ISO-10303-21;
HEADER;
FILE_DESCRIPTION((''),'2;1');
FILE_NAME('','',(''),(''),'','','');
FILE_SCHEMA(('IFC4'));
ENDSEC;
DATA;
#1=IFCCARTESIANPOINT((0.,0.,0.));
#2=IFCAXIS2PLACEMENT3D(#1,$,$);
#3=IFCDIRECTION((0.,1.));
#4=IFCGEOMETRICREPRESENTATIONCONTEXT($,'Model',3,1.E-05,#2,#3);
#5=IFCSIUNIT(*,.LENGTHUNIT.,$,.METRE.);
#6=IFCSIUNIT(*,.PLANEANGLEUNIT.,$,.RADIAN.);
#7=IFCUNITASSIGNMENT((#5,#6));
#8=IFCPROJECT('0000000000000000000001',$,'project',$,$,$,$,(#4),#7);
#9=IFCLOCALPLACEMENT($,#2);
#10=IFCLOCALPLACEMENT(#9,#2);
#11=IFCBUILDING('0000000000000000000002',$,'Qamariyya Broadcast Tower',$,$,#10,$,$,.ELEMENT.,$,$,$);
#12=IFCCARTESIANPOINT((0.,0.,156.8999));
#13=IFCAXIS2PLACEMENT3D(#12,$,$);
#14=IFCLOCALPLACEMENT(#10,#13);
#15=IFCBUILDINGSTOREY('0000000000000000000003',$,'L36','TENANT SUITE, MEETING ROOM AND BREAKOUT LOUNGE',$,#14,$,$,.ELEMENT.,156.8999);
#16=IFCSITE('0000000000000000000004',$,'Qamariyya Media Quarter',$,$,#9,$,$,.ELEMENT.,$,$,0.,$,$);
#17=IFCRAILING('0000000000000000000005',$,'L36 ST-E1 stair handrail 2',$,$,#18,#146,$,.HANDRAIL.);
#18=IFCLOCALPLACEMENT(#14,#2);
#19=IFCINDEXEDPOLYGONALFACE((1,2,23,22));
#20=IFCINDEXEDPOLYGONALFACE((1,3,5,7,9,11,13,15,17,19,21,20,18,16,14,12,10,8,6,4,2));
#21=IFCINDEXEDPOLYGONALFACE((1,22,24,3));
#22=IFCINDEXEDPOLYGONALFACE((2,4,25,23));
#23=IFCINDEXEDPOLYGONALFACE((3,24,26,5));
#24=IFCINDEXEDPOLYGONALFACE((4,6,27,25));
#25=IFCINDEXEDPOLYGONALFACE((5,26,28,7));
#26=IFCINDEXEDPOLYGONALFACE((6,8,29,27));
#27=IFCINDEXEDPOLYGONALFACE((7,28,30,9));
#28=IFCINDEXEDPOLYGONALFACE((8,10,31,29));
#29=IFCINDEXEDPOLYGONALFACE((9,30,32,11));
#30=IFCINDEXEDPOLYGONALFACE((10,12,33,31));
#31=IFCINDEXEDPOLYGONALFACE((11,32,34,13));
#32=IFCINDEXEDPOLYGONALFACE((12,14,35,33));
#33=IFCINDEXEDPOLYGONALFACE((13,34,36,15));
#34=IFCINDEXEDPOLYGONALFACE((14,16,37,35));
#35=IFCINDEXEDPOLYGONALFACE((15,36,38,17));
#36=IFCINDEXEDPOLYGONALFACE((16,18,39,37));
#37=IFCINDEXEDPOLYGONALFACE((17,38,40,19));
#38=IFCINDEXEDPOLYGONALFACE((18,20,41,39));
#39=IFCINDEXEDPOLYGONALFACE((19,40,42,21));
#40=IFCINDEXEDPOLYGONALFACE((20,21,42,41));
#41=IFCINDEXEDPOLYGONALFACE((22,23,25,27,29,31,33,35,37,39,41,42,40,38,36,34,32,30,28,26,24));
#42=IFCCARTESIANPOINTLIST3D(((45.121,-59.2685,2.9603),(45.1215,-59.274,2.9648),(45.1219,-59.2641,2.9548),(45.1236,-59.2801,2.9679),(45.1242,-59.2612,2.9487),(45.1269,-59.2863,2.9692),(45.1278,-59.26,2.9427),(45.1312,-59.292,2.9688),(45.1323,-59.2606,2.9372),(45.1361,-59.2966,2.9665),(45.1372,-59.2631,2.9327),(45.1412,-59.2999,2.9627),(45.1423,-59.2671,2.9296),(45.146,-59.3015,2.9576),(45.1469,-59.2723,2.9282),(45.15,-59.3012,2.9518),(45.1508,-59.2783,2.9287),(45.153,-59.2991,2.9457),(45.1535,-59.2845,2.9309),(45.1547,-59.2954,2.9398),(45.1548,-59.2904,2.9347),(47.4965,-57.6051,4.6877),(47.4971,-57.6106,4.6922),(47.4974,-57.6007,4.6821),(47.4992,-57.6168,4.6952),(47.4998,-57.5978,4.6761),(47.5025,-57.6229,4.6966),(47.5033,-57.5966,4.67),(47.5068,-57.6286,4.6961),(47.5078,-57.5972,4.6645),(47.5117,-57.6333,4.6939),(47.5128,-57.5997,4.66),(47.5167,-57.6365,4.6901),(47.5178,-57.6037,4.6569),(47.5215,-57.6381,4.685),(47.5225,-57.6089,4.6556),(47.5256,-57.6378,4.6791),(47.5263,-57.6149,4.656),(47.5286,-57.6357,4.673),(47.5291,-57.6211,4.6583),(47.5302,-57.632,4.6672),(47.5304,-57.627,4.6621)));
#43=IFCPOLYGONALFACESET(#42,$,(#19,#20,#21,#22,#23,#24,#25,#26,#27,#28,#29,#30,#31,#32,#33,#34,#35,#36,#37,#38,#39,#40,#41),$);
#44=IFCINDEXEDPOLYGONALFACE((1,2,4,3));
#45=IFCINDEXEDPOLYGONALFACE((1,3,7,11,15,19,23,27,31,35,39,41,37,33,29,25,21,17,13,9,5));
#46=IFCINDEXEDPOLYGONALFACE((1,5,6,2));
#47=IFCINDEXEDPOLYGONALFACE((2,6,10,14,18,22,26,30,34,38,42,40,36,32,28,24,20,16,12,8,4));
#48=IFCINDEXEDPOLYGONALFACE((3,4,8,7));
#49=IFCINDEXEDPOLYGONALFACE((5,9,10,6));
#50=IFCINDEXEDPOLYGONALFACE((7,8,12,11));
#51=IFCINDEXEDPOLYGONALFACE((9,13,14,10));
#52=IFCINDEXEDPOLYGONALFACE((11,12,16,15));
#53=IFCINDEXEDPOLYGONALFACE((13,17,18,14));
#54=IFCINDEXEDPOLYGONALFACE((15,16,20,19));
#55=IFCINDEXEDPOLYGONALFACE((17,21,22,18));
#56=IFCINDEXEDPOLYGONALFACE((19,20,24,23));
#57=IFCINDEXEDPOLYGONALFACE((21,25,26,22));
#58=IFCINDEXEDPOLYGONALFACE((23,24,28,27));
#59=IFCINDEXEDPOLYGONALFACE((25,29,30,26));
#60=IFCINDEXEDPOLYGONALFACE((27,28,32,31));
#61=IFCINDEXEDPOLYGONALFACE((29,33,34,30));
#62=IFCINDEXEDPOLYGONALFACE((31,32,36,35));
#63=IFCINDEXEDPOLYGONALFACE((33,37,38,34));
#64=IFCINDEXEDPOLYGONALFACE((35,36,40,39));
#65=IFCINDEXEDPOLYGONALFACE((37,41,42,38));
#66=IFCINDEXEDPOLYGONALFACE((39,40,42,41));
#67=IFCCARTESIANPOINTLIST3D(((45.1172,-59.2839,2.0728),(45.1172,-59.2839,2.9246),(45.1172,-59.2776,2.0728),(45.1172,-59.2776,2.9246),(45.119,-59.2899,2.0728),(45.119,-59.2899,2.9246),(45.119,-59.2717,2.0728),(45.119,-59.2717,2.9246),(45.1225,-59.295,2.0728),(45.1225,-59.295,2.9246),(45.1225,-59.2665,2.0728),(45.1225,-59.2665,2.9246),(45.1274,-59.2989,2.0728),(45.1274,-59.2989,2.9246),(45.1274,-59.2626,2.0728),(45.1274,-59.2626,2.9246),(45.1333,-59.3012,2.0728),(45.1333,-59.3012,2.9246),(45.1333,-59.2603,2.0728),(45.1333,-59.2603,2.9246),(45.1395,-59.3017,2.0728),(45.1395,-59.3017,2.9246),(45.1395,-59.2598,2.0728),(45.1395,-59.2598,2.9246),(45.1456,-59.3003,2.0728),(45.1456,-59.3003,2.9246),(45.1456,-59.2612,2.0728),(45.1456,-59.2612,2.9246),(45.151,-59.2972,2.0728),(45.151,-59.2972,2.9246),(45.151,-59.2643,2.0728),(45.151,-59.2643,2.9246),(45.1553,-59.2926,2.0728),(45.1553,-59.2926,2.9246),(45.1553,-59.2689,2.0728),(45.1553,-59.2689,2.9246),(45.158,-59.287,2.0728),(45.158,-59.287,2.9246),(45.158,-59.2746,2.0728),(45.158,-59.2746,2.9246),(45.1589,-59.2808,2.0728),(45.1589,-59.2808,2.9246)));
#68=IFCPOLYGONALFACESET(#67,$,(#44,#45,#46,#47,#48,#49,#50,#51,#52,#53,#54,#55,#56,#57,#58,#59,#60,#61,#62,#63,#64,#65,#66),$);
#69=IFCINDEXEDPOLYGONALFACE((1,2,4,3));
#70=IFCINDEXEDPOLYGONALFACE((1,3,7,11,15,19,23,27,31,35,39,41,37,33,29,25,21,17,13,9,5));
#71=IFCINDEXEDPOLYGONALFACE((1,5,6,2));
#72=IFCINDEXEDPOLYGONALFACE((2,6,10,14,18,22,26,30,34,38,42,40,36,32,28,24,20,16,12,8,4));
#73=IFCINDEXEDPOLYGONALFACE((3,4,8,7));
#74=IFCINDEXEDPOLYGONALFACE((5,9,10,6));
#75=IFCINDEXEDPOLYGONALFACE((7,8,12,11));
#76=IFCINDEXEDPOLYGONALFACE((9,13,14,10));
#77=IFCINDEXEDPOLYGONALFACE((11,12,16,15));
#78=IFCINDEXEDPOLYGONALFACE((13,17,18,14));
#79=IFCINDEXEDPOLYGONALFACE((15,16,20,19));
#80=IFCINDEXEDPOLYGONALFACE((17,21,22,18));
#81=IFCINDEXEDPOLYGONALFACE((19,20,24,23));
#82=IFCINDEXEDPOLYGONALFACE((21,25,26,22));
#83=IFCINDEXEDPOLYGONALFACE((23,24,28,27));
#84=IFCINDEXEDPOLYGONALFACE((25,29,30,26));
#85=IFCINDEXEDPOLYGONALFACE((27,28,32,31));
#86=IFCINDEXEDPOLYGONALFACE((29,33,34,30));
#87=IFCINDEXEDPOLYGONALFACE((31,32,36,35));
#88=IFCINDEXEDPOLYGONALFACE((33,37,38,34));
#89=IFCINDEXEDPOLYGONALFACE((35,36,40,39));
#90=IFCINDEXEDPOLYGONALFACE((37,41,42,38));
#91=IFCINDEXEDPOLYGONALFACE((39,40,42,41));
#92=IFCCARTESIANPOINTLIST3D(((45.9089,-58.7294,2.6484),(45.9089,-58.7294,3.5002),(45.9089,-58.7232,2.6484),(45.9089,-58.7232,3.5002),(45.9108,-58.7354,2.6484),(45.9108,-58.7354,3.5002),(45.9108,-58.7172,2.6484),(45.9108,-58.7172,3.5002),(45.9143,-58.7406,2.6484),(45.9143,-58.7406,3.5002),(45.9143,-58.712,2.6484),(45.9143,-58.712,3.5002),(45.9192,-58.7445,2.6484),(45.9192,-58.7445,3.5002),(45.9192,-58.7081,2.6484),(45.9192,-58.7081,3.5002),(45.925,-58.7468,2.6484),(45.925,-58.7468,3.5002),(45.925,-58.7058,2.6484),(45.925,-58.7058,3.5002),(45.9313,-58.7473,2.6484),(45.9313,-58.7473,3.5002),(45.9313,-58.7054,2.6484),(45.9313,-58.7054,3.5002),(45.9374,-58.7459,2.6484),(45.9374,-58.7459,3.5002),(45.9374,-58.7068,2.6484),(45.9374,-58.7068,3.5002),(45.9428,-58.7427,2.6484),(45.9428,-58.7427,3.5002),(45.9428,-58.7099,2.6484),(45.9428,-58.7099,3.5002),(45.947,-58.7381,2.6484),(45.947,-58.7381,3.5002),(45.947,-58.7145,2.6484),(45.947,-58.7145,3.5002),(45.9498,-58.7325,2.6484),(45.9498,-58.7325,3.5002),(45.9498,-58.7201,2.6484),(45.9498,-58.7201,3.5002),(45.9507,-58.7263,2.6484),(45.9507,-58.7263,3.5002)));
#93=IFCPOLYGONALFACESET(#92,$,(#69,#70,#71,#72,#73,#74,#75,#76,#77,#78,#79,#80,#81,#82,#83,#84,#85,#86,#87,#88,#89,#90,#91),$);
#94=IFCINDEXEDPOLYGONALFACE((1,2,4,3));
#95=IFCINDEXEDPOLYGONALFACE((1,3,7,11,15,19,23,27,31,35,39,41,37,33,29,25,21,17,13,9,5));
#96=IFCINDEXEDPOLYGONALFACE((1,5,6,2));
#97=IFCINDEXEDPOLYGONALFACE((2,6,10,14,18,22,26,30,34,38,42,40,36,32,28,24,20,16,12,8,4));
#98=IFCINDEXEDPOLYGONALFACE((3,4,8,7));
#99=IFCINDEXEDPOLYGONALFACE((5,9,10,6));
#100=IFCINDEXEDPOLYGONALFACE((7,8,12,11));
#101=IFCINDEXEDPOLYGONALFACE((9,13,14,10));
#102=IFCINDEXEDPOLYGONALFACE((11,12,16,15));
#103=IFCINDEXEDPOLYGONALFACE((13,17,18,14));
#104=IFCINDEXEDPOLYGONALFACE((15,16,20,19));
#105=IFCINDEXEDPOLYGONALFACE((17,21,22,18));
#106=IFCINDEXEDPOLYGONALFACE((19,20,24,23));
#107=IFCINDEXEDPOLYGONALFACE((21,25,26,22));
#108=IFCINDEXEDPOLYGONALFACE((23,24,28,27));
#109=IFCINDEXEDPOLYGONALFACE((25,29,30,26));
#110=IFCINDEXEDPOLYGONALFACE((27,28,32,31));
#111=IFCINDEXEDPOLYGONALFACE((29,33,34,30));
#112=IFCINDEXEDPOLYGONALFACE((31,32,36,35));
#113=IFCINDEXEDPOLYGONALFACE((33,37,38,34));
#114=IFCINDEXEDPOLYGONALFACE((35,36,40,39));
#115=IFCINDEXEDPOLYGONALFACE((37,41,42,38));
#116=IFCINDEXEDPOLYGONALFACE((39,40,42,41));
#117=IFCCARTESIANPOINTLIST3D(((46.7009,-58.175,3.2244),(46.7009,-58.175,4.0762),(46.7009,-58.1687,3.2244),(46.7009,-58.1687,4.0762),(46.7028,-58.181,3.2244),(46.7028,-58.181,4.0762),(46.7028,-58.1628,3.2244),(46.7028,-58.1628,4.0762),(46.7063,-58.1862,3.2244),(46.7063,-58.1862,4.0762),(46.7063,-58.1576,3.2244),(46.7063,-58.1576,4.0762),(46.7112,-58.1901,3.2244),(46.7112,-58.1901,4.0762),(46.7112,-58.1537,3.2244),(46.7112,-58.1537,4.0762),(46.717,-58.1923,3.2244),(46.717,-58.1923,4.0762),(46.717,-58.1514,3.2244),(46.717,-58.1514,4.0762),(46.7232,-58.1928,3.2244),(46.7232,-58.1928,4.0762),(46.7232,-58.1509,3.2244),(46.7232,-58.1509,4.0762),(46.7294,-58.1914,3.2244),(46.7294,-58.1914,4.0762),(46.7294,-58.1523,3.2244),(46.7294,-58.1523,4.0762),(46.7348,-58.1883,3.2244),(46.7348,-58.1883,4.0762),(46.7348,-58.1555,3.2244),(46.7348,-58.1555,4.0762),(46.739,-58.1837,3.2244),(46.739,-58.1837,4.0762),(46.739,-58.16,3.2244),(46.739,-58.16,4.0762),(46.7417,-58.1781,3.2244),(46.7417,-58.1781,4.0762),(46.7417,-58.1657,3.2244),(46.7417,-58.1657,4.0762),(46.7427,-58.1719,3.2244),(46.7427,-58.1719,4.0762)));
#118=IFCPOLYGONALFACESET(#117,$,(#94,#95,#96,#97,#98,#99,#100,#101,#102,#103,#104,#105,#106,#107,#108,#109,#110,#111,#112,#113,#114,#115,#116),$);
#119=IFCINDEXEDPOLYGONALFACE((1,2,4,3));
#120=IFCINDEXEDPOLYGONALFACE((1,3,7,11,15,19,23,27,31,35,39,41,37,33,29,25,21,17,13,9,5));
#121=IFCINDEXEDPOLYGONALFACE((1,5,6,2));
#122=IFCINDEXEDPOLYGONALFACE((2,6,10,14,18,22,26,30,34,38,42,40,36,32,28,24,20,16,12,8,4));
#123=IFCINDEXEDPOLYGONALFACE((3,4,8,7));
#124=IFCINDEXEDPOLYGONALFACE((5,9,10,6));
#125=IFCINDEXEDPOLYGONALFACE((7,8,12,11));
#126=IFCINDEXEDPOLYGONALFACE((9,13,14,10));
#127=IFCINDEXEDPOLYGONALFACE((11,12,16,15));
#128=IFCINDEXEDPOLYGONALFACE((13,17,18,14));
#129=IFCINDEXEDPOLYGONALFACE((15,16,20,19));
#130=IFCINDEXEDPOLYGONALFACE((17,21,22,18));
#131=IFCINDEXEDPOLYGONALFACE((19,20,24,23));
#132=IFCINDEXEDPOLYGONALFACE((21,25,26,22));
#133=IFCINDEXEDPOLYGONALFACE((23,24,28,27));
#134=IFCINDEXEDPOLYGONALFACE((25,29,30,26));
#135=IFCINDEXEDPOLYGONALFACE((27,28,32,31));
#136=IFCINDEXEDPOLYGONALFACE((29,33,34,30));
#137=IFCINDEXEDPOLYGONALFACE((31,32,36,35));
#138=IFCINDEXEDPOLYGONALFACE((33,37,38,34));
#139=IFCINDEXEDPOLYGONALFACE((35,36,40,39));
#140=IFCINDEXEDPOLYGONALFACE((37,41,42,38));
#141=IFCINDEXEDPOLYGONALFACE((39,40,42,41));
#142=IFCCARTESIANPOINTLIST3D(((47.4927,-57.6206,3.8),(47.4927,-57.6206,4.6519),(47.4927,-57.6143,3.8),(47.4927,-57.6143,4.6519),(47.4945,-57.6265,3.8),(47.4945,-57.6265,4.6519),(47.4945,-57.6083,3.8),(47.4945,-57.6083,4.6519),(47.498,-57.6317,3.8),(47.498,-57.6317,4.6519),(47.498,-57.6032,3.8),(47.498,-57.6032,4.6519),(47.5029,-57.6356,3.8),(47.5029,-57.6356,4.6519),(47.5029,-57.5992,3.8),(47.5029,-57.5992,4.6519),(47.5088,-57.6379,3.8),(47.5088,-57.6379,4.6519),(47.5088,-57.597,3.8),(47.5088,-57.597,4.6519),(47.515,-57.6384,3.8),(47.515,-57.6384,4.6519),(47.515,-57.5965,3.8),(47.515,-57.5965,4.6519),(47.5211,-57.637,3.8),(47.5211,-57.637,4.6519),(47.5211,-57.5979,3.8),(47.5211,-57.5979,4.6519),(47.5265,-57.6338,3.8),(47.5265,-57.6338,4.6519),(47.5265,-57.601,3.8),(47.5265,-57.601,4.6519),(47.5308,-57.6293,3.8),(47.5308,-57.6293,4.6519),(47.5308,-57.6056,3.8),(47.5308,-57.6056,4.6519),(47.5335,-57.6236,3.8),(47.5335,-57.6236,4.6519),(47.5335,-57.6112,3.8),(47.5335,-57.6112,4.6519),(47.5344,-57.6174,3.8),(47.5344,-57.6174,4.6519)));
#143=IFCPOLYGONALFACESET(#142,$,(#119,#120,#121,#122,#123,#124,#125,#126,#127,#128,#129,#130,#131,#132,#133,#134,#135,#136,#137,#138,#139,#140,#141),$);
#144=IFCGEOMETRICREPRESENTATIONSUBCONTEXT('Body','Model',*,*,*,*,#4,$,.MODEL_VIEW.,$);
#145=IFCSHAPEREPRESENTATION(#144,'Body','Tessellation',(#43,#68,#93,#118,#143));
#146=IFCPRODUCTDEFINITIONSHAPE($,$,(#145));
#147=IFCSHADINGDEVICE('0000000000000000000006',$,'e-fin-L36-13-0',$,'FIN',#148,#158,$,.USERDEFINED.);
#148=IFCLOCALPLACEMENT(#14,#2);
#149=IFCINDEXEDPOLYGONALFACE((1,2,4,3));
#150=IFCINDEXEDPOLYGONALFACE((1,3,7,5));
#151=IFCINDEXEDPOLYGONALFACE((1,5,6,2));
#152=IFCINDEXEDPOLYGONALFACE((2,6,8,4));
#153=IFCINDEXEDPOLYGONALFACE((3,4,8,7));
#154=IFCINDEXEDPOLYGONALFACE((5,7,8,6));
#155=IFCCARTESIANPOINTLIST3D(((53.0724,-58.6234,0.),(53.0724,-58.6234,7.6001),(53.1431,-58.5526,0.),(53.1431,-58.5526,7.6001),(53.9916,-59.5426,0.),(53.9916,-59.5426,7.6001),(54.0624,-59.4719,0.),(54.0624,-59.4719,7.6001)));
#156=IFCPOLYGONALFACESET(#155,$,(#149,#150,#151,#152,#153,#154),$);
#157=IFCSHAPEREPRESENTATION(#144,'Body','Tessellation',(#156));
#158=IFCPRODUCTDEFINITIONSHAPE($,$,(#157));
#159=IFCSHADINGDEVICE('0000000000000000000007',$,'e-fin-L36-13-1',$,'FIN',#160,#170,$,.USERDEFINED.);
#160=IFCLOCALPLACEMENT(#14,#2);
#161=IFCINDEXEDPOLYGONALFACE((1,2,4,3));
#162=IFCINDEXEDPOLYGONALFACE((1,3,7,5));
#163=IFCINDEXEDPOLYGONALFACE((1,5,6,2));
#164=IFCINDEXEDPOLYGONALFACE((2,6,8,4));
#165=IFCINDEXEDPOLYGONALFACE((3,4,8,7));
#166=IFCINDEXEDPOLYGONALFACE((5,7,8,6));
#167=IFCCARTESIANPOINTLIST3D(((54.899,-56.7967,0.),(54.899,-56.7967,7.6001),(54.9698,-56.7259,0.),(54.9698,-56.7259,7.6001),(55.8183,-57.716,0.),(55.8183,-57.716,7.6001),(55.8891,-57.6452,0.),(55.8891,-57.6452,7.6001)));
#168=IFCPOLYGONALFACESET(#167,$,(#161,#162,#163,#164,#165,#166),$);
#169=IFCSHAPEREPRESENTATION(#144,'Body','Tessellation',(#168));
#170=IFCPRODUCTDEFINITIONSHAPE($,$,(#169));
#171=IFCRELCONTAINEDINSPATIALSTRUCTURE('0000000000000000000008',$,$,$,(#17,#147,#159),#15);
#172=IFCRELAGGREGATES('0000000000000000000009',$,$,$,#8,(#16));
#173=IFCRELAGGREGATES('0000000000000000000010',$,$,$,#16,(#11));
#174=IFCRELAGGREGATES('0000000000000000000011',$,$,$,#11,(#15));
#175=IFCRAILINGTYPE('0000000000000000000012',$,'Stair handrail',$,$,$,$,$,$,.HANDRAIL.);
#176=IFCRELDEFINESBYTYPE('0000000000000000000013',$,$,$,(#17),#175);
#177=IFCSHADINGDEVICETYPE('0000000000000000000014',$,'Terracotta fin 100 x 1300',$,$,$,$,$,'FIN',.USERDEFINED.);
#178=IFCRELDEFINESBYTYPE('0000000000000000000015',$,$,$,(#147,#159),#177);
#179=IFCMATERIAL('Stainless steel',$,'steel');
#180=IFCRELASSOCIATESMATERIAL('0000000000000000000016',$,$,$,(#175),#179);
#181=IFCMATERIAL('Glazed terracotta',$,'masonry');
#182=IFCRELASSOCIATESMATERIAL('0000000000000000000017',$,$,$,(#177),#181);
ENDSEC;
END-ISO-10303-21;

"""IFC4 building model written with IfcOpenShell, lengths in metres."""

from ifc_helpers import new_model, si_unit, direction, frame, origin, origin_2d, place, context, subcontext, project, spatial, rectangle, circle, extrude, material, material_profile, profile_set, type_object, element, save


model = new_model("IFC4")

# Units and contexts
model_context = context("Model", 3, precision=1e-05, world=origin(), true_north=direction((0.0, 1.0)))
body_context = subcontext(model_context, "Body", "Model", "MODEL_VIEW")
ifc_project = project(units=[si_unit("LENGTHUNIT", "METRE"), si_unit("PLANEANGLEUNIT", "RADIAN")], contexts=[model_context])

# Site, building, storey
site_placement = place(None, origin())
site = spatial("IfcSite", under=ifc_project, at=site_placement, Name="Qamariyya Media Quarter", CompositionType="ELEMENT", RefElevation=0.0)
building_placement = place(site_placement, origin())
building = spatial("IfcBuilding", under=site, at=building_placement, Name="Qamariyya Broadcast Tower", CompositionType="ELEMENT")
storey_placement = place(building_placement, frame((0.0, 0.0, 156.8999)))
storey = spatial("IfcBuildingStorey", under=building, at=storey_placement, Name="L36", Description="TENANT SUITE, MEETING ROOM AND BREAKOUT LOUNGE", CompositionType="ELEMENT", Elevation=156.8999)

# Railing
ifc_material_1 = material(Name="Stainless steel", Category="steel")
railing_type_1 = type_object("IfcRailingType", Name="Stair handrail", PredefinedType="HANDRAIL", material=ifc_material_1)
railing_1_placement = place(storey_placement, frame((45.1379, -59.2808, 2.0728)))
element("IfcRailing", 1, at=railing_1_placement, inside=storey, type_object=railing_type_1, Name="L36 ST-E1 stair handrail 2", PredefinedType="HANDRAIL", context=body_context, shape_type="SweptSolid", body=[
    extrude(circle(Radius=0.0239, at=origin_2d()), frame((0.0, 0.0, 0.876), z_axis=(0.70377, 0.492784, 0.511734), x_axis=(-0.573575, 0.819153, 0.0)), (0.0, 0.0, 1.0), 3.3755),
    extrude(circle(Radius=0.021, at=origin_2d()), origin(), (0.0, 0.0, 1.0), 0.8518),
    extrude(circle(Radius=0.021, at=origin_2d()), frame((0.7917, 0.5544, 0.5757)), (0.0, 0.0, 1.0), 0.8518),
    extrude(circle(Radius=0.021, at=origin_2d()), frame((1.5837, 1.1089, 1.1516)), (0.0, 0.0, 1.0), 0.8518),
    extrude(circle(Radius=0.021, at=origin_2d()), frame((2.3755, 1.6633, 1.7273)), (0.0, 0.0, 1.0), 0.8518),
])

# Shading devices
ifc_material_2 = material(Name="Glazed terracotta", Category="masonry")
ifc_material_profile_1 = material_profile(ifc_material_2, rectangle(XDim=1.3, YDim=0.1001, at=origin_2d()))
ifc_profile_set_1 = profile_set([ifc_material_profile_1], Name="Glazed terracotta")
shading_device_type = type_object("IfcShadingDeviceType", Name="Terracotta fin 100 x 1300", ElementType="FIN", PredefinedType="USERDEFINED", material=ifc_profile_set_1)
for number, where, z_axis, x_axis, name in (
    (2, (53.5674, -59.0476, 0.0), (0.0, 0.0, 1.0), (0.707107, -0.707107, 0.0), "e-fin-L36-13-0"),
    (3, (55.394, -57.2209, 0.0), (0.0, 0.0, 1.0), (0.707107, -0.707107, 0.0), "e-fin-L36-13-1"),
):
    element("IfcShadingDevice", number, at=place(storey_placement, frame(where, z_axis=z_axis, x_axis=x_axis)), inside=storey, type_object=shading_device_type, Name=name, ObjectType="FIN", PredefinedType="USERDEFINED", context=body_context, shape_type="SweptSolid", body=[
        extrude(rectangle(XDim=1.3, YDim=0.1001, at=origin_2d()), origin(), (0.0, 0.0, 1.0), 7.6001),
    ])

save(model, "model.ifc")
